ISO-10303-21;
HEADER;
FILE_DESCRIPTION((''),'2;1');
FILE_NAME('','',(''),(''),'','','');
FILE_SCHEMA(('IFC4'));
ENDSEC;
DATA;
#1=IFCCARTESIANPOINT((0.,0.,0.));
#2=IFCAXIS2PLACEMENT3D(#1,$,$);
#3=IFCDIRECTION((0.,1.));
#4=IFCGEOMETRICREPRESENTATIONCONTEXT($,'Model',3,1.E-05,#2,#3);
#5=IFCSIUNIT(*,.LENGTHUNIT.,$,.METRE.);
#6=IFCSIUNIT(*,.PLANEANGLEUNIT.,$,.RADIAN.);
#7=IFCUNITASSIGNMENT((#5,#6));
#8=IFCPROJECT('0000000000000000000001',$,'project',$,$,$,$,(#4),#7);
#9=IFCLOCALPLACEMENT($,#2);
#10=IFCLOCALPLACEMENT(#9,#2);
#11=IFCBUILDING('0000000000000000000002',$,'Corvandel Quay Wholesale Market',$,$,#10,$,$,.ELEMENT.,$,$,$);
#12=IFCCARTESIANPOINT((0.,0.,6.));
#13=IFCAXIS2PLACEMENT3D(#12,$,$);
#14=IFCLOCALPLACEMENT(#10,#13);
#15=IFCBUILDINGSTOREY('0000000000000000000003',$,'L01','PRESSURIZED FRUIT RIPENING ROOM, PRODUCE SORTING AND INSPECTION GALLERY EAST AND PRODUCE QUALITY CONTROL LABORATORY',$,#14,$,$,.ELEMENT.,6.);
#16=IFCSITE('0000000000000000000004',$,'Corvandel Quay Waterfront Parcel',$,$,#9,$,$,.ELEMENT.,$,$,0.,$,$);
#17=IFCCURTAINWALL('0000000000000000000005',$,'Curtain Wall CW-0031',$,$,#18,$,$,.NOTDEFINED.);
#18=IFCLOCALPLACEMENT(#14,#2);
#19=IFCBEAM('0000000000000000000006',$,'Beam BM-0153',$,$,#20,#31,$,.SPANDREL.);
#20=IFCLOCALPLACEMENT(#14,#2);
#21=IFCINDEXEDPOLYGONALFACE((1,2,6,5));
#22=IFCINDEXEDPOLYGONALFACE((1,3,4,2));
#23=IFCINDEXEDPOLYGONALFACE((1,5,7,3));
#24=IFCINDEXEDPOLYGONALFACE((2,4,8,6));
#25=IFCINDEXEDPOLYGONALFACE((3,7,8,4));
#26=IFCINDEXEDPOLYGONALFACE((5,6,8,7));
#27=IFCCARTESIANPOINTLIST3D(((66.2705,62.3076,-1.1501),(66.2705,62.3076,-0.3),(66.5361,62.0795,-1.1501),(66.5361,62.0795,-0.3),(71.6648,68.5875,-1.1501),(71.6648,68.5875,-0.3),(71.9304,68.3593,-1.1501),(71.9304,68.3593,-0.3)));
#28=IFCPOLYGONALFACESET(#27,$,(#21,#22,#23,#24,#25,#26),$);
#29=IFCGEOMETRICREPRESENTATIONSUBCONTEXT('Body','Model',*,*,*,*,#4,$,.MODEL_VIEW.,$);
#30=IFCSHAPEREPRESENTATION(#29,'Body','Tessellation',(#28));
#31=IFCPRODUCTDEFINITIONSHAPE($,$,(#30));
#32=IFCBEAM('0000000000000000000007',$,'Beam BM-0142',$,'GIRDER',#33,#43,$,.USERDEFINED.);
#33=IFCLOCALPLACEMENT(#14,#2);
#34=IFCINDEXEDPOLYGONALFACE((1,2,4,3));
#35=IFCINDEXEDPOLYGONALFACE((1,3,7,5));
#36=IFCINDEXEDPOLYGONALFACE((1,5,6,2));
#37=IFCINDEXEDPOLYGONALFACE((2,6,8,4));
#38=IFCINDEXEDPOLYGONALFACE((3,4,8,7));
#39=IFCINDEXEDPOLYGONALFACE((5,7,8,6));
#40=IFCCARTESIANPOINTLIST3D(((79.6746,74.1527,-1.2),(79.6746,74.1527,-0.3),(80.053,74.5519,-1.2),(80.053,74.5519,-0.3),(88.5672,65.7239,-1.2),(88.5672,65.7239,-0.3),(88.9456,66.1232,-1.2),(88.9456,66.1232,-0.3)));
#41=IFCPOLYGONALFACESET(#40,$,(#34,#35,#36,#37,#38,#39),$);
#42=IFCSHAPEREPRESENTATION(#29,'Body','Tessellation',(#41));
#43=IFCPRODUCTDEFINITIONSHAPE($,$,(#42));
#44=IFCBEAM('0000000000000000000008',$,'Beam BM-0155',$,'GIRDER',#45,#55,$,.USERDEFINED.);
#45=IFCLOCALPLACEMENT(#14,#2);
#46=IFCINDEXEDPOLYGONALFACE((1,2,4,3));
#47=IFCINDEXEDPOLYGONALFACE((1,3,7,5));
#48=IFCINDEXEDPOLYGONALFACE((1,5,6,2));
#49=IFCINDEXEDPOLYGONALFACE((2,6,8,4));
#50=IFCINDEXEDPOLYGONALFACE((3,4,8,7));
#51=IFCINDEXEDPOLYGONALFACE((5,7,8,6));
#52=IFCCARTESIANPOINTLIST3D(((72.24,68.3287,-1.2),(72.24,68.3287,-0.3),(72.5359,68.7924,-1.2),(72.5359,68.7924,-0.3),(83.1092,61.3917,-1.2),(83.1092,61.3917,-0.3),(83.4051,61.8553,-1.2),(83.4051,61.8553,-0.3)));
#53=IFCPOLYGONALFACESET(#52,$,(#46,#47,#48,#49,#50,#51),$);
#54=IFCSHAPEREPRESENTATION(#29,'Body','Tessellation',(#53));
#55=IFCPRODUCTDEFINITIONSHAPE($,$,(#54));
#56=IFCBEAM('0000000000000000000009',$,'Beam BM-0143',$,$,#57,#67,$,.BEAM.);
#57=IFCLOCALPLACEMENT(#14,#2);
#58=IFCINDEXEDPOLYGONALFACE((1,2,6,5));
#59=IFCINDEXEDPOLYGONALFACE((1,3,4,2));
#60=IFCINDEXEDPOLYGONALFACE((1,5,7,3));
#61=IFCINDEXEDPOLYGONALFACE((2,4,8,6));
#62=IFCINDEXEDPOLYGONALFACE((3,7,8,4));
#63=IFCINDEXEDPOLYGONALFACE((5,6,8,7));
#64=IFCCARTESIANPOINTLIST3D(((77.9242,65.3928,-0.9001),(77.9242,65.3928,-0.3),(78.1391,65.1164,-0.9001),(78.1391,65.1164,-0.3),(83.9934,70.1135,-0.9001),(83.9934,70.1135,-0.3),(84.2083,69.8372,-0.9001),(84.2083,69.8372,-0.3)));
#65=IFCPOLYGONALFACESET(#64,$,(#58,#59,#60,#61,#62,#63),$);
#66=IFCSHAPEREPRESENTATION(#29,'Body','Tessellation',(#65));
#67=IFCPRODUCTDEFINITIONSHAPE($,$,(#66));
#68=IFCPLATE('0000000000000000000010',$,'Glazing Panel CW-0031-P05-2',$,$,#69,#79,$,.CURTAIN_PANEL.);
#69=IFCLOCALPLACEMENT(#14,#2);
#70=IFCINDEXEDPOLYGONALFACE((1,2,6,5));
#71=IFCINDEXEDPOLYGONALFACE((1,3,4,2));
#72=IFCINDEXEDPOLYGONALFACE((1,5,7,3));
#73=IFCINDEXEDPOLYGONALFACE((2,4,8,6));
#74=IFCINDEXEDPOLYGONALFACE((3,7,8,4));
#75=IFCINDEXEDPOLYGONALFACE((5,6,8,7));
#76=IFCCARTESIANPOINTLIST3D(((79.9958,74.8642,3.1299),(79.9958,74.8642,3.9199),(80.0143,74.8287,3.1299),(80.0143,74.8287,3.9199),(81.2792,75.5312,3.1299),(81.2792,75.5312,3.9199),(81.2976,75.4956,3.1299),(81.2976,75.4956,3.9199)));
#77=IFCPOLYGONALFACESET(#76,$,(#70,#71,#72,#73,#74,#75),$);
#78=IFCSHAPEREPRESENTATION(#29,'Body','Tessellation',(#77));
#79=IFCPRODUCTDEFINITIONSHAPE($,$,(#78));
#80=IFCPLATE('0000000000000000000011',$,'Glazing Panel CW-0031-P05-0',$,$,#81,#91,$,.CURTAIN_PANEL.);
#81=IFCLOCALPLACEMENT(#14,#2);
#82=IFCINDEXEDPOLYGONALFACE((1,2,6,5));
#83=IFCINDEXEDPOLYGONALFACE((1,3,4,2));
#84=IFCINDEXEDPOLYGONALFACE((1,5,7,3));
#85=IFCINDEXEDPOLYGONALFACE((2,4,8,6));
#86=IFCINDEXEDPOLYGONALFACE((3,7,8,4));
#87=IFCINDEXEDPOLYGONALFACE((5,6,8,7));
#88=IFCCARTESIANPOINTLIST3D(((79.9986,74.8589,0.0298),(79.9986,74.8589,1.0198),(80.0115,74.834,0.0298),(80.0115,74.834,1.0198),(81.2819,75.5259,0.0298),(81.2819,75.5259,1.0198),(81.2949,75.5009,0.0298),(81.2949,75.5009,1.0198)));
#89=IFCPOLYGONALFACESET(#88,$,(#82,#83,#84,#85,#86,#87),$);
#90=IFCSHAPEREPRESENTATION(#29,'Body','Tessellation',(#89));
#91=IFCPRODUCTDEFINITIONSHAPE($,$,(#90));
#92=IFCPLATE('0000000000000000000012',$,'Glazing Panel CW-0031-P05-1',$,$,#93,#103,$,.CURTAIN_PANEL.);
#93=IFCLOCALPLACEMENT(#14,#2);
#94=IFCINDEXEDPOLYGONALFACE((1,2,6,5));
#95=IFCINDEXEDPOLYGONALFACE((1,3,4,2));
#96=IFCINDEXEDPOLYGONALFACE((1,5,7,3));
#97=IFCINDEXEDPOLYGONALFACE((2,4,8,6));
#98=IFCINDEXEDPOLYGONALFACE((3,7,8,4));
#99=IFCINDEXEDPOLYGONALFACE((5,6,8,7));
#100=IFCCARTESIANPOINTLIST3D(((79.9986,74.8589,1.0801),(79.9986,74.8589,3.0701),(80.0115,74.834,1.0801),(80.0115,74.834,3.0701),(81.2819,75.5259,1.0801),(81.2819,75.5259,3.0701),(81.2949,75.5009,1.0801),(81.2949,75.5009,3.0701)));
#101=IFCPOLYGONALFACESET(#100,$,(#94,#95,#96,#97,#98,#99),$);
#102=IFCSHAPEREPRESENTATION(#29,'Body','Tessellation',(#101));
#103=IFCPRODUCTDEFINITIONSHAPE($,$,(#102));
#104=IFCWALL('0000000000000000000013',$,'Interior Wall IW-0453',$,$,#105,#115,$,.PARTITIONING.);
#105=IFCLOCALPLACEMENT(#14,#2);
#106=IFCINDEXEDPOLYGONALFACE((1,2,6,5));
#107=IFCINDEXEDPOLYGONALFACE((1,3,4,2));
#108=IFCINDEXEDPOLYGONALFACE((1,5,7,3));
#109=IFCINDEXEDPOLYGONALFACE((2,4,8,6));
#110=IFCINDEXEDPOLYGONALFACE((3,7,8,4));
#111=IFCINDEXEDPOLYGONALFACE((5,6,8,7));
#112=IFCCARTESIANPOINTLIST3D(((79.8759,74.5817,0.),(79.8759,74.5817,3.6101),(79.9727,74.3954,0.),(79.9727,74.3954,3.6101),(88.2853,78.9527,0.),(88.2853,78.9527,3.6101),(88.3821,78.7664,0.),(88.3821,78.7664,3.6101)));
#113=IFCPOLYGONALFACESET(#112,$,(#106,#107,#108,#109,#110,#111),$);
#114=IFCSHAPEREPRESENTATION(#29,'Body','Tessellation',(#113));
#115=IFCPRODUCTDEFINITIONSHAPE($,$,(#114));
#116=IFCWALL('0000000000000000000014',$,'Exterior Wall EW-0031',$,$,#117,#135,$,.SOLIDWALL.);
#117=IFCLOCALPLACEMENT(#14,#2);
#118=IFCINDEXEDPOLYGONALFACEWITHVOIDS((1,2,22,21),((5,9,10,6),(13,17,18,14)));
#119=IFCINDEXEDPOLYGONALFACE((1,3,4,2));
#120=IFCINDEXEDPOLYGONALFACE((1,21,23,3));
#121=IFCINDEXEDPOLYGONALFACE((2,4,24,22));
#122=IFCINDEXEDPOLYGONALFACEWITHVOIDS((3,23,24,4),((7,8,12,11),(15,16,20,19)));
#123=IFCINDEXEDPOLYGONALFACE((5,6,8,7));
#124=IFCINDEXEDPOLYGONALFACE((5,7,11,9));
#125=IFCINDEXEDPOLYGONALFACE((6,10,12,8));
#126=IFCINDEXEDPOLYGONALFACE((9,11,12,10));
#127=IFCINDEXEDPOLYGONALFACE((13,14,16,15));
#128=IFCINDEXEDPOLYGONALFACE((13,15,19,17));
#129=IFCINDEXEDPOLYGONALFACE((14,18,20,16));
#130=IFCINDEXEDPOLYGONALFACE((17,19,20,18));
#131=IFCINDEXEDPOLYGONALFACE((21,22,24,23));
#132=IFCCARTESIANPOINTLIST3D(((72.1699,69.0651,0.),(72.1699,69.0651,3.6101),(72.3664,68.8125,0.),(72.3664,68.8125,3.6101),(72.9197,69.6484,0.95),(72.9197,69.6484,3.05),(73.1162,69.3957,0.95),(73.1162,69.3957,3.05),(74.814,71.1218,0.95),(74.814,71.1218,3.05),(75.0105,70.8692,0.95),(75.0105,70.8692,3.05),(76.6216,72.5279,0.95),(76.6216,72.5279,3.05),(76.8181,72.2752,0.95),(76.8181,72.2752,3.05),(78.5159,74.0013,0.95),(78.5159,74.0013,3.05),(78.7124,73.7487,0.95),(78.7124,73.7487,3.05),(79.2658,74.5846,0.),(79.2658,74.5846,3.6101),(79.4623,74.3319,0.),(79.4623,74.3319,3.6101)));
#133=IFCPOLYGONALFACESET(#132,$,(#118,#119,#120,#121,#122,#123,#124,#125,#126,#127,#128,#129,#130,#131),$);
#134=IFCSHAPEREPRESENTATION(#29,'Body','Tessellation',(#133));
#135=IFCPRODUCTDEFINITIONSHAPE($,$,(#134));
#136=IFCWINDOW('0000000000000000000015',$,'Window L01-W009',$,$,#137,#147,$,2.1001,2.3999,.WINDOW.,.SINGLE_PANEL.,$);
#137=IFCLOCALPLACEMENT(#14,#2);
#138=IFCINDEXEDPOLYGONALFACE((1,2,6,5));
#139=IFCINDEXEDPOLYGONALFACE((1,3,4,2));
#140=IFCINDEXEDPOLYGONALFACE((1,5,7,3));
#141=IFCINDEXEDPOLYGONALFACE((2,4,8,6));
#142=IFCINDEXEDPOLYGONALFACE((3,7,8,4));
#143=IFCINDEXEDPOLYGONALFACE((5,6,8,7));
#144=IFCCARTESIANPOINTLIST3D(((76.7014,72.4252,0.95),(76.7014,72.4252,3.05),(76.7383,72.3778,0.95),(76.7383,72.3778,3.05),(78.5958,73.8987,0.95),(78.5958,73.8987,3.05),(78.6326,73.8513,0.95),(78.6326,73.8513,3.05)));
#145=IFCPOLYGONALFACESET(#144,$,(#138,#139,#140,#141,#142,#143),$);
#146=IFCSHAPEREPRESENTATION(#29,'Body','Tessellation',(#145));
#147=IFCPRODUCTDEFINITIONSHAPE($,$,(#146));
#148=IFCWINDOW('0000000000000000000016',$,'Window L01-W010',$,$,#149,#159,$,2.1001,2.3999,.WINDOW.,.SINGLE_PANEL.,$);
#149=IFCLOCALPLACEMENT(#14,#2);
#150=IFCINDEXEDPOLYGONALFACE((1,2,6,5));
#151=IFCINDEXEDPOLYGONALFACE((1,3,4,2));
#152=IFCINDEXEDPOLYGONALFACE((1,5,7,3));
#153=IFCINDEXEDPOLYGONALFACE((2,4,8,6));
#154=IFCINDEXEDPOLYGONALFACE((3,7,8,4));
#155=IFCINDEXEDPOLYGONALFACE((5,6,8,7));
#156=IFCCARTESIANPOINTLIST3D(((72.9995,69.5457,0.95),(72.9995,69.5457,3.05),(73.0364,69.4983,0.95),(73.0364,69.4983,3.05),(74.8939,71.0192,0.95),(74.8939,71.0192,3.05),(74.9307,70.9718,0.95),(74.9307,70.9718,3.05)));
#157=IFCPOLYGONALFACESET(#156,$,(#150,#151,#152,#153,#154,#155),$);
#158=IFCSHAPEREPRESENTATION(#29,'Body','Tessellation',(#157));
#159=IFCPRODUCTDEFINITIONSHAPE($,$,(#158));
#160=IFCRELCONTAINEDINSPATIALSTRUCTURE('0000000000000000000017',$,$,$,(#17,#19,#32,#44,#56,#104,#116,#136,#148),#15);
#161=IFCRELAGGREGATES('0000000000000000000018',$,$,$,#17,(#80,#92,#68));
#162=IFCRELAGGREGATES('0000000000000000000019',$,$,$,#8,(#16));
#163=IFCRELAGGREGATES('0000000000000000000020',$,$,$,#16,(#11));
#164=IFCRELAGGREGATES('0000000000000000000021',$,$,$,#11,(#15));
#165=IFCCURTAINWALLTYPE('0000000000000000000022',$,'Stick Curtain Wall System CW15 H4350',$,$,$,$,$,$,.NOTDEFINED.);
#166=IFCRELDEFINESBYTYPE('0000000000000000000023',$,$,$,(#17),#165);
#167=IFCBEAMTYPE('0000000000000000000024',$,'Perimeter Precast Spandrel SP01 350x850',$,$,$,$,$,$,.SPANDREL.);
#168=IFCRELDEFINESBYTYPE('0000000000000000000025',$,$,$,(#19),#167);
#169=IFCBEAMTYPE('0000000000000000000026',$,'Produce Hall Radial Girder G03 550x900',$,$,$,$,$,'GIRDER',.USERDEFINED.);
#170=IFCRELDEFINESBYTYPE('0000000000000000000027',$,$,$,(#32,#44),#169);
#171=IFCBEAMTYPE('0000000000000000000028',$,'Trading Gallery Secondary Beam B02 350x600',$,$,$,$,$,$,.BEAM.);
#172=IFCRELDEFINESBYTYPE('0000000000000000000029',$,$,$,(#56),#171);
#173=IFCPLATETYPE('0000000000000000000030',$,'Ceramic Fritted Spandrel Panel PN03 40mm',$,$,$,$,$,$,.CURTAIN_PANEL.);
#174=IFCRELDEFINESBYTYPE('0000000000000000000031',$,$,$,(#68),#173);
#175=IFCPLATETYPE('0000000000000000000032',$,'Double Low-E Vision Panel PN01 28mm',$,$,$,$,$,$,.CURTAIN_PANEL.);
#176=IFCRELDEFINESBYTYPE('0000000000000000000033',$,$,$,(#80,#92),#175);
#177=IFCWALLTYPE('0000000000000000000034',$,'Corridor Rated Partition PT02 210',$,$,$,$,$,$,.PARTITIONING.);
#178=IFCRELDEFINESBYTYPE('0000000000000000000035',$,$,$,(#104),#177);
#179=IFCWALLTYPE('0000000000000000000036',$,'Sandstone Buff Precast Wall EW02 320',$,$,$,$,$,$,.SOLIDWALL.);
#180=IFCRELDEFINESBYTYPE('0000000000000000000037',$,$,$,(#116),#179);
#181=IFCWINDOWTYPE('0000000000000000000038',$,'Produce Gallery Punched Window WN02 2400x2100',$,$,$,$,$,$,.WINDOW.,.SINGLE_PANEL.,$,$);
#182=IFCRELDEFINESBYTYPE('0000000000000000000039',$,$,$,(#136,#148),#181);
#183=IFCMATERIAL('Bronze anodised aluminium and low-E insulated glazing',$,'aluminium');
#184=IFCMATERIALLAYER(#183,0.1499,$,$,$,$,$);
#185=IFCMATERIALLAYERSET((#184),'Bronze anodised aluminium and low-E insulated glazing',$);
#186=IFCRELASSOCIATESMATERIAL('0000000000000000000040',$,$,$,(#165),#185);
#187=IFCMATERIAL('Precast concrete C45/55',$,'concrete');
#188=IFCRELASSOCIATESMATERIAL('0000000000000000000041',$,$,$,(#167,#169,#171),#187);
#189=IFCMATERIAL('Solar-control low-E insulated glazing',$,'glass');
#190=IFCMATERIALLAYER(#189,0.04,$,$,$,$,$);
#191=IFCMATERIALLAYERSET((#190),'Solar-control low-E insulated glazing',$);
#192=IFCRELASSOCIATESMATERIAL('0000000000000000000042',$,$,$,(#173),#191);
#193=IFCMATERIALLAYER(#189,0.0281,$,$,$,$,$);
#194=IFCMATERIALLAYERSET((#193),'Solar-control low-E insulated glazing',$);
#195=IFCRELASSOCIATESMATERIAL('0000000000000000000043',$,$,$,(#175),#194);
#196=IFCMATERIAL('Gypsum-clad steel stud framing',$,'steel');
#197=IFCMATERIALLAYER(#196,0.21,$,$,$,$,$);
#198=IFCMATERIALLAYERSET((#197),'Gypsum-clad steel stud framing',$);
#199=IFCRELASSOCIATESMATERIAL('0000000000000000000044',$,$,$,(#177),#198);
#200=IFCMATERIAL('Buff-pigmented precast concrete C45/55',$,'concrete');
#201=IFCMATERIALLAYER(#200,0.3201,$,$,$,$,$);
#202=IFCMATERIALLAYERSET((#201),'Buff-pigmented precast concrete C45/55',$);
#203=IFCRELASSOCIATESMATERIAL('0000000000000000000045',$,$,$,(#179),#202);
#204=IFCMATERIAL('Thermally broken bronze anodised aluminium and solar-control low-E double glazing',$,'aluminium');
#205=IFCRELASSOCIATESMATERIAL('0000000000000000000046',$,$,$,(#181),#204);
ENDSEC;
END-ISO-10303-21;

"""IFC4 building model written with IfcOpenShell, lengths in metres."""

from ifc_helpers import new_model, si_unit, direction, frame, frame_2d, origin, origin_2d, place, context, subcontext, project, spatial, rectangle, extrude, material, layer, layer_set, material_profile, profile_set, type_object, element, fill, aggregate, save


model = new_model("IFC4")

# Units and contexts
model_context = context("Model", 3, precision=1e-05, world=origin(), true_north=direction((0.0, 1.0)))
body_context = subcontext(model_context, "Body", "Model", "MODEL_VIEW")
ifc_project = project(units=[si_unit("LENGTHUNIT", "METRE"), si_unit("PLANEANGLEUNIT", "RADIAN")], contexts=[model_context])

# Site, building, storey
site_placement = place(None, origin())
site = spatial("IfcSite", under=ifc_project, at=site_placement, Name="Corvandel Quay Waterfront Parcel", CompositionType="ELEMENT", RefElevation=0.0)
building_placement = place(site_placement, origin())
building = spatial("IfcBuilding", under=site, at=building_placement, Name="Corvandel Quay Wholesale Market", CompositionType="ELEMENT")
storey_placement = place(building_placement, frame((0.0, 0.0, 6.0)))
storey = spatial("IfcBuildingStorey", under=building, at=storey_placement, Name="L01", Description="PRESSURIZED FRUIT RIPENING ROOM, PRODUCE SORTING AND INSPECTION GALLERY EAST AND PRODUCE QUALITY CONTROL LABORATORY", CompositionType="ELEMENT", Elevation=6.0)

# Shared definitions
ifc_material_1 = material(Name="Precast concrete C45/55", Category="concrete")

# Curtain wall
ifc_material_2 = material(Name="Bronze anodised aluminium and low-E insulated glazing", Category="aluminium")
ifc_layer_1 = layer(ifc_material_2, 0.1499)
ifc_layer_set_1 = layer_set([ifc_layer_1], Name="Bronze anodised aluminium and low-E insulated glazing")
curtain_wall_type_1 = type_object("IfcCurtainWallType", Name="Stick Curtain Wall System CW15 H4350", PredefinedType="NOTDEFINED", material=ifc_layer_set_1)
curtain_wall_1_placement = place(storey_placement, origin())
curtain_wall_1 = element("IfcCurtainWall", 1, at=curtain_wall_1_placement, inside=storey, type_object=curtain_wall_type_1, Name="Curtain Wall CW-0031", PredefinedType="NOTDEFINED")

# Beams
ifc_material_profile_1 = material_profile(ifc_material_1, rectangle(XDim=0.3501, YDim=0.8501, at=origin_2d()), Name="PC-SPN-350x850")
ifc_profile_set_1 = profile_set([ifc_material_profile_1], Name="Precast concrete C45/55")
beam_type_1 = type_object("IfcBeamType", Name="Perimeter Precast Spandrel SP01 350x850", PredefinedType="SPANDREL", material=ifc_profile_set_1)
beam_1_placement = place(storey_placement, frame((71.7976, 68.4734, -0.7251), z_axis=(-0.6516, -0.758563, 0.0), x_axis=(0.758563, -0.6516, 0.0)))
element("IfcBeam", 2, at=beam_1_placement, inside=storey, type_object=beam_type_1, Name="Beam BM-0153", PredefinedType="SPANDREL", context=body_context, shape_type="SweptSolid", body=[
    extrude(rectangle(XDim=0.3501, YDim=0.8501, at=origin_2d()), origin(), (0.0, 0.0, 1.0), 8.2786),
])
ifc_material_profile_2 = material_profile(ifc_material_1, rectangle(XDim=0.55, YDim=0.8999, at=origin_2d()), Name="PC-GIR-550x900")
ifc_profile_set_2 = profile_set([ifc_material_profile_2], Name="Precast concrete C45/55")
beam_type_2 = type_object("IfcBeamType", Name="Produce Hall Radial Girder G03 550x900", ElementType="GIRDER", PredefinedType="USERDEFINED", material=ifc_profile_set_2)
beam_2_placement = place(storey_placement, frame((79.8638, 74.3523, -0.75), z_axis=(0.725783, -0.687924, 0.0), x_axis=(0.687924, 0.725783, 0.0)))
element("IfcBeam", 3, at=beam_2_placement, inside=storey, type_object=beam_type_2, Name="Beam BM-0142", ObjectType="GIRDER", PredefinedType="USERDEFINED", context=body_context, shape_type="SweptSolid", body=[
    extrude(rectangle(XDim=0.55, YDim=0.8999, at=origin_2d()), origin(), (0.0, 0.0, 1.0), 12.2524),
])
beam_3_placement = place(storey_placement, frame((72.3879, 68.5605, -0.75), z_axis=(0.842948, -0.537995, 0.0), x_axis=(0.537995, 0.842948, 0.0)))
element("IfcBeam", 4, at=beam_3_placement, inside=storey, type_object=beam_type_2, Name="Beam BM-0155", ObjectType="GIRDER", PredefinedType="USERDEFINED", context=body_context, shape_type="SweptSolid", body=[
    extrude(rectangle(XDim=0.55, YDim=0.8999, at=origin_2d()), origin(), (0.0, 0.0, 1.0), 12.8943),
])
ifc_material_profile_3 = material_profile(ifc_material_1, rectangle(XDim=0.3501, YDim=0.6001, at=origin_2d()), Name="PC-BM-350x600")
ifc_profile_set_3 = profile_set([ifc_material_profile_3], Name="Precast concrete C45/55")
beam_type_3 = type_object("IfcBeamType", Name="Trading Gallery Secondary Beam B02 350x600", PredefinedType="BEAM", material=ifc_profile_set_3)
beam_4_placement = place(storey_placement, frame((84.1008, 69.9753, -0.6001), z_axis=(-0.789333, -0.613965, 0.0), x_axis=(0.613965, -0.789333, 0.0)))
element("IfcBeam", 5, at=beam_4_placement, inside=storey, type_object=beam_type_3, Name="Beam BM-0143", PredefinedType="BEAM", context=body_context, shape_type="SweptSolid", body=[
    extrude(rectangle(XDim=0.3501, YDim=0.6001, at=origin_2d()), origin(), (0.0, 0.0, 1.0), 7.689),
])

# Plates
ifc_material_3 = material(Name="Solar-control low-E insulated glazing", Category="glass")
ifc_layer_2 = layer(ifc_material_3, 0.04)
ifc_layer_set_2 = layer_set([ifc_layer_2], Name="Solar-control low-E insulated glazing")
plate_type_1 = type_object("IfcPlateType", Name="Ceramic Fritted Spandrel Panel PN03 40mm", PredefinedType="CURTAIN_PANEL", material=ifc_layer_set_2)
plate_1_placement = place(storey_placement, frame((80.6467, 75.1799, 3.1299), z_axis=(0.0, 0.0, 1.0), x_axis=(0.887333, 0.461129, 0.0)))
plate_1 = element("IfcPlate", 6, at=plate_1_placement, type_object=plate_type_1, Name="Glazing Panel CW-0031-P05-2", PredefinedType="CURTAIN_PANEL", context=body_context, shape_type="SweptSolid", body=[
    extrude(rectangle(XDim=1.4463, YDim=0.04, at=origin_2d()), origin(), (0.0, 0.0, 1.0), 0.79),
])
ifc_layer_3 = layer(ifc_material_3, 0.0281)
ifc_layer_set_3 = layer_set([ifc_layer_3], Name="Solar-control low-E insulated glazing")
plate_type_2 = type_object("IfcPlateType", Name="Double Low-E Vision Panel PN01 28mm", PredefinedType="CURTAIN_PANEL", material=ifc_layer_set_3)
plate_2_placement = place(storey_placement, frame((80.6467, 75.1799, 0.0298), z_axis=(0.0, 0.0, 1.0), x_axis=(0.887333, 0.461129, 0.0)))
plate_2 = element("IfcPlate", 7, at=plate_2_placement, type_object=plate_type_2, Name="Glazing Panel CW-0031-P05-0", PredefinedType="CURTAIN_PANEL", context=body_context, shape_type="SweptSolid", body=[
    extrude(rectangle(XDim=1.4463, YDim=0.0281, at=origin_2d()), origin(), (0.0, 0.0, 1.0), 0.99),
])
plate_3_placement = place(storey_placement, frame((80.6467, 75.1799, 1.0801), z_axis=(0.0, 0.0, 1.0), x_axis=(0.887333, 0.461129, 0.0)))
plate_3 = element("IfcPlate", 8, at=plate_3_placement, type_object=plate_type_2, Name="Glazing Panel CW-0031-P05-1", PredefinedType="CURTAIN_PANEL", context=body_context, shape_type="SweptSolid", body=[
    extrude(rectangle(XDim=1.4463, YDim=0.0281, at=origin_2d()), origin(), (0.0, 0.0, 1.0), 1.99),
])
aggregate(curtain_wall_1, [plate_2, plate_3, plate_1])

# Wall
ifc_material_4 = material(Name="Gypsum-clad steel stud framing", Category="steel")
ifc_layer_4 = layer(ifc_material_4, 0.21)
ifc_layer_set_4 = layer_set([ifc_layer_4], Name="Gypsum-clad steel stud framing")
wall_type_1 = type_object("IfcWallType", Name="Corridor Rated Partition PT02 210", PredefinedType="PARTITIONING", material=ifc_layer_set_4)
wall_1_placement = place(storey_placement, frame((79.9243, 74.4885, 0.0), z_axis=(0.0, 0.0, 1.0), x_axis=(0.887295, 0.461203, 0.0)))
element("IfcWall", 9, at=wall_1_placement, inside=storey, type_object=wall_type_1, Name="Interior Wall IW-0453", PredefinedType="PARTITIONING", context=body_context, shape_type="SweptSolid", body=[
    extrude(rectangle(XDim=9.4775, YDim=0.21, at=frame_2d((4.7388, 0.0))), origin(), (0.0, 0.0, 1.0), 3.6101),
])

# Wall, openings, windows
ifc_material_5 = material(Name="Buff-pigmented precast concrete C45/55", Category="concrete")
ifc_layer_5 = layer(ifc_material_5, 0.3201)
ifc_layer_set_5 = layer_set([ifc_layer_5], Name="Buff-pigmented precast concrete C45/55")
wall_type_2 = type_object("IfcWallType", Name="Sandstone Buff Precast Wall EW02 320", PredefinedType="SOLIDWALL", material=ifc_layer_set_5)
wall_2_placement = place(storey_placement, frame((79.364, 74.4583, 0.0), z_axis=(0.0, 0.0, 1.0), x_axis=(-0.789327, -0.613973, 0.0)))
wall_2 = element("IfcWall", 10, at=wall_2_placement, inside=storey, type_object=wall_type_2, Name="Exterior Wall EW-0031", PredefinedType="SOLIDWALL", context=body_context, shape_type="SweptSolid", body=[
    extrude(rectangle(XDim=8.9897, YDim=0.3201, at=frame_2d((4.4949, 0.0))), origin(), (0.0, 0.0, 1.0), 3.6101),
])
opening_1_placement = place(wall_2_placement, frame((0.95, 0.0, 0.95)))
opening_1 = element("IfcOpeningElement", 11, at=opening_1_placement, cuts=wall_2, PredefinedType="OPENING", context=body_context, shape_type="SweptSolid", body=[
    extrude(rectangle(XDim=2.3999, YDim=2.1001, at=frame_2d((1.2, 1.05))), frame((0.0, 0.1699, 0.0), z_axis=(0.0, -1.0, 0.0), x_axis=(1.0, 0.0, 0.0)), (0.0, 0.0, 1.0), 0.3401),
])
opening_2_placement = place(wall_2_placement, frame((5.6399, 0.0, 0.95)))
opening_2 = element("IfcOpeningElement", 12, at=opening_2_placement, cuts=wall_2, PredefinedType="OPENING", context=body_context, shape_type="SweptSolid", body=[
    extrude(rectangle(XDim=2.3999, YDim=2.1001, at=frame_2d((1.2, 1.05))), frame((0.0, 0.1699, 0.0), z_axis=(0.0, -1.0, 0.0), x_axis=(1.0, 0.0, 0.0)), (0.0, 0.0, 1.0), 0.3401),
])
ifc_material_6 = material(Name="Thermally broken bronze anodised aluminium and solar-control low-E double glazing", Category="aluminium")
window_type = type_object("IfcWindowType", Name="Produce Gallery Punched Window WN02 2400x2100", PartitioningType="SINGLE_PANEL", PredefinedType="WINDOW", material=ifc_material_6)
window_1_placement = place(opening_1_placement, origin())
window_1 = element("IfcWindow", 13, at=window_1_placement, inside=storey, type_object=window_type, Name="Window L01-W009", OverallHeight=2.1001, OverallWidth=2.3999, PartitioningType="SINGLE_PANEL", PredefinedType="WINDOW", context=body_context, shape_type="SweptSolid", body=[
    extrude(rectangle(XDim=2.3999, YDim=2.1001, at=frame_2d((1.2, 1.05))), frame((0.0, 0.03, 0.0), z_axis=(0.0, -1.0, 0.0), x_axis=(1.0, 0.0, 0.0)), (0.0, 0.0, 1.0), 0.0601),
])
fill(opening_1, window_1)
window_2_placement = place(opening_2_placement, origin())
window_2 = element("IfcWindow", 14, at=window_2_placement, inside=storey, type_object=window_type, Name="Window L01-W010", OverallHeight=2.1001, OverallWidth=2.3999, PartitioningType="SINGLE_PANEL", PredefinedType="WINDOW", context=body_context, shape_type="SweptSolid", body=[
    extrude(rectangle(XDim=2.3999, YDim=2.1001, at=frame_2d((1.2, 1.05))), frame((0.0, 0.03, 0.0), z_axis=(0.0, -1.0, 0.0), x_axis=(1.0, 0.0, 0.0)), (0.0, 0.0, 1.0), 0.0601),
])
fill(opening_2, window_2)

save(model, "model.ifc")
